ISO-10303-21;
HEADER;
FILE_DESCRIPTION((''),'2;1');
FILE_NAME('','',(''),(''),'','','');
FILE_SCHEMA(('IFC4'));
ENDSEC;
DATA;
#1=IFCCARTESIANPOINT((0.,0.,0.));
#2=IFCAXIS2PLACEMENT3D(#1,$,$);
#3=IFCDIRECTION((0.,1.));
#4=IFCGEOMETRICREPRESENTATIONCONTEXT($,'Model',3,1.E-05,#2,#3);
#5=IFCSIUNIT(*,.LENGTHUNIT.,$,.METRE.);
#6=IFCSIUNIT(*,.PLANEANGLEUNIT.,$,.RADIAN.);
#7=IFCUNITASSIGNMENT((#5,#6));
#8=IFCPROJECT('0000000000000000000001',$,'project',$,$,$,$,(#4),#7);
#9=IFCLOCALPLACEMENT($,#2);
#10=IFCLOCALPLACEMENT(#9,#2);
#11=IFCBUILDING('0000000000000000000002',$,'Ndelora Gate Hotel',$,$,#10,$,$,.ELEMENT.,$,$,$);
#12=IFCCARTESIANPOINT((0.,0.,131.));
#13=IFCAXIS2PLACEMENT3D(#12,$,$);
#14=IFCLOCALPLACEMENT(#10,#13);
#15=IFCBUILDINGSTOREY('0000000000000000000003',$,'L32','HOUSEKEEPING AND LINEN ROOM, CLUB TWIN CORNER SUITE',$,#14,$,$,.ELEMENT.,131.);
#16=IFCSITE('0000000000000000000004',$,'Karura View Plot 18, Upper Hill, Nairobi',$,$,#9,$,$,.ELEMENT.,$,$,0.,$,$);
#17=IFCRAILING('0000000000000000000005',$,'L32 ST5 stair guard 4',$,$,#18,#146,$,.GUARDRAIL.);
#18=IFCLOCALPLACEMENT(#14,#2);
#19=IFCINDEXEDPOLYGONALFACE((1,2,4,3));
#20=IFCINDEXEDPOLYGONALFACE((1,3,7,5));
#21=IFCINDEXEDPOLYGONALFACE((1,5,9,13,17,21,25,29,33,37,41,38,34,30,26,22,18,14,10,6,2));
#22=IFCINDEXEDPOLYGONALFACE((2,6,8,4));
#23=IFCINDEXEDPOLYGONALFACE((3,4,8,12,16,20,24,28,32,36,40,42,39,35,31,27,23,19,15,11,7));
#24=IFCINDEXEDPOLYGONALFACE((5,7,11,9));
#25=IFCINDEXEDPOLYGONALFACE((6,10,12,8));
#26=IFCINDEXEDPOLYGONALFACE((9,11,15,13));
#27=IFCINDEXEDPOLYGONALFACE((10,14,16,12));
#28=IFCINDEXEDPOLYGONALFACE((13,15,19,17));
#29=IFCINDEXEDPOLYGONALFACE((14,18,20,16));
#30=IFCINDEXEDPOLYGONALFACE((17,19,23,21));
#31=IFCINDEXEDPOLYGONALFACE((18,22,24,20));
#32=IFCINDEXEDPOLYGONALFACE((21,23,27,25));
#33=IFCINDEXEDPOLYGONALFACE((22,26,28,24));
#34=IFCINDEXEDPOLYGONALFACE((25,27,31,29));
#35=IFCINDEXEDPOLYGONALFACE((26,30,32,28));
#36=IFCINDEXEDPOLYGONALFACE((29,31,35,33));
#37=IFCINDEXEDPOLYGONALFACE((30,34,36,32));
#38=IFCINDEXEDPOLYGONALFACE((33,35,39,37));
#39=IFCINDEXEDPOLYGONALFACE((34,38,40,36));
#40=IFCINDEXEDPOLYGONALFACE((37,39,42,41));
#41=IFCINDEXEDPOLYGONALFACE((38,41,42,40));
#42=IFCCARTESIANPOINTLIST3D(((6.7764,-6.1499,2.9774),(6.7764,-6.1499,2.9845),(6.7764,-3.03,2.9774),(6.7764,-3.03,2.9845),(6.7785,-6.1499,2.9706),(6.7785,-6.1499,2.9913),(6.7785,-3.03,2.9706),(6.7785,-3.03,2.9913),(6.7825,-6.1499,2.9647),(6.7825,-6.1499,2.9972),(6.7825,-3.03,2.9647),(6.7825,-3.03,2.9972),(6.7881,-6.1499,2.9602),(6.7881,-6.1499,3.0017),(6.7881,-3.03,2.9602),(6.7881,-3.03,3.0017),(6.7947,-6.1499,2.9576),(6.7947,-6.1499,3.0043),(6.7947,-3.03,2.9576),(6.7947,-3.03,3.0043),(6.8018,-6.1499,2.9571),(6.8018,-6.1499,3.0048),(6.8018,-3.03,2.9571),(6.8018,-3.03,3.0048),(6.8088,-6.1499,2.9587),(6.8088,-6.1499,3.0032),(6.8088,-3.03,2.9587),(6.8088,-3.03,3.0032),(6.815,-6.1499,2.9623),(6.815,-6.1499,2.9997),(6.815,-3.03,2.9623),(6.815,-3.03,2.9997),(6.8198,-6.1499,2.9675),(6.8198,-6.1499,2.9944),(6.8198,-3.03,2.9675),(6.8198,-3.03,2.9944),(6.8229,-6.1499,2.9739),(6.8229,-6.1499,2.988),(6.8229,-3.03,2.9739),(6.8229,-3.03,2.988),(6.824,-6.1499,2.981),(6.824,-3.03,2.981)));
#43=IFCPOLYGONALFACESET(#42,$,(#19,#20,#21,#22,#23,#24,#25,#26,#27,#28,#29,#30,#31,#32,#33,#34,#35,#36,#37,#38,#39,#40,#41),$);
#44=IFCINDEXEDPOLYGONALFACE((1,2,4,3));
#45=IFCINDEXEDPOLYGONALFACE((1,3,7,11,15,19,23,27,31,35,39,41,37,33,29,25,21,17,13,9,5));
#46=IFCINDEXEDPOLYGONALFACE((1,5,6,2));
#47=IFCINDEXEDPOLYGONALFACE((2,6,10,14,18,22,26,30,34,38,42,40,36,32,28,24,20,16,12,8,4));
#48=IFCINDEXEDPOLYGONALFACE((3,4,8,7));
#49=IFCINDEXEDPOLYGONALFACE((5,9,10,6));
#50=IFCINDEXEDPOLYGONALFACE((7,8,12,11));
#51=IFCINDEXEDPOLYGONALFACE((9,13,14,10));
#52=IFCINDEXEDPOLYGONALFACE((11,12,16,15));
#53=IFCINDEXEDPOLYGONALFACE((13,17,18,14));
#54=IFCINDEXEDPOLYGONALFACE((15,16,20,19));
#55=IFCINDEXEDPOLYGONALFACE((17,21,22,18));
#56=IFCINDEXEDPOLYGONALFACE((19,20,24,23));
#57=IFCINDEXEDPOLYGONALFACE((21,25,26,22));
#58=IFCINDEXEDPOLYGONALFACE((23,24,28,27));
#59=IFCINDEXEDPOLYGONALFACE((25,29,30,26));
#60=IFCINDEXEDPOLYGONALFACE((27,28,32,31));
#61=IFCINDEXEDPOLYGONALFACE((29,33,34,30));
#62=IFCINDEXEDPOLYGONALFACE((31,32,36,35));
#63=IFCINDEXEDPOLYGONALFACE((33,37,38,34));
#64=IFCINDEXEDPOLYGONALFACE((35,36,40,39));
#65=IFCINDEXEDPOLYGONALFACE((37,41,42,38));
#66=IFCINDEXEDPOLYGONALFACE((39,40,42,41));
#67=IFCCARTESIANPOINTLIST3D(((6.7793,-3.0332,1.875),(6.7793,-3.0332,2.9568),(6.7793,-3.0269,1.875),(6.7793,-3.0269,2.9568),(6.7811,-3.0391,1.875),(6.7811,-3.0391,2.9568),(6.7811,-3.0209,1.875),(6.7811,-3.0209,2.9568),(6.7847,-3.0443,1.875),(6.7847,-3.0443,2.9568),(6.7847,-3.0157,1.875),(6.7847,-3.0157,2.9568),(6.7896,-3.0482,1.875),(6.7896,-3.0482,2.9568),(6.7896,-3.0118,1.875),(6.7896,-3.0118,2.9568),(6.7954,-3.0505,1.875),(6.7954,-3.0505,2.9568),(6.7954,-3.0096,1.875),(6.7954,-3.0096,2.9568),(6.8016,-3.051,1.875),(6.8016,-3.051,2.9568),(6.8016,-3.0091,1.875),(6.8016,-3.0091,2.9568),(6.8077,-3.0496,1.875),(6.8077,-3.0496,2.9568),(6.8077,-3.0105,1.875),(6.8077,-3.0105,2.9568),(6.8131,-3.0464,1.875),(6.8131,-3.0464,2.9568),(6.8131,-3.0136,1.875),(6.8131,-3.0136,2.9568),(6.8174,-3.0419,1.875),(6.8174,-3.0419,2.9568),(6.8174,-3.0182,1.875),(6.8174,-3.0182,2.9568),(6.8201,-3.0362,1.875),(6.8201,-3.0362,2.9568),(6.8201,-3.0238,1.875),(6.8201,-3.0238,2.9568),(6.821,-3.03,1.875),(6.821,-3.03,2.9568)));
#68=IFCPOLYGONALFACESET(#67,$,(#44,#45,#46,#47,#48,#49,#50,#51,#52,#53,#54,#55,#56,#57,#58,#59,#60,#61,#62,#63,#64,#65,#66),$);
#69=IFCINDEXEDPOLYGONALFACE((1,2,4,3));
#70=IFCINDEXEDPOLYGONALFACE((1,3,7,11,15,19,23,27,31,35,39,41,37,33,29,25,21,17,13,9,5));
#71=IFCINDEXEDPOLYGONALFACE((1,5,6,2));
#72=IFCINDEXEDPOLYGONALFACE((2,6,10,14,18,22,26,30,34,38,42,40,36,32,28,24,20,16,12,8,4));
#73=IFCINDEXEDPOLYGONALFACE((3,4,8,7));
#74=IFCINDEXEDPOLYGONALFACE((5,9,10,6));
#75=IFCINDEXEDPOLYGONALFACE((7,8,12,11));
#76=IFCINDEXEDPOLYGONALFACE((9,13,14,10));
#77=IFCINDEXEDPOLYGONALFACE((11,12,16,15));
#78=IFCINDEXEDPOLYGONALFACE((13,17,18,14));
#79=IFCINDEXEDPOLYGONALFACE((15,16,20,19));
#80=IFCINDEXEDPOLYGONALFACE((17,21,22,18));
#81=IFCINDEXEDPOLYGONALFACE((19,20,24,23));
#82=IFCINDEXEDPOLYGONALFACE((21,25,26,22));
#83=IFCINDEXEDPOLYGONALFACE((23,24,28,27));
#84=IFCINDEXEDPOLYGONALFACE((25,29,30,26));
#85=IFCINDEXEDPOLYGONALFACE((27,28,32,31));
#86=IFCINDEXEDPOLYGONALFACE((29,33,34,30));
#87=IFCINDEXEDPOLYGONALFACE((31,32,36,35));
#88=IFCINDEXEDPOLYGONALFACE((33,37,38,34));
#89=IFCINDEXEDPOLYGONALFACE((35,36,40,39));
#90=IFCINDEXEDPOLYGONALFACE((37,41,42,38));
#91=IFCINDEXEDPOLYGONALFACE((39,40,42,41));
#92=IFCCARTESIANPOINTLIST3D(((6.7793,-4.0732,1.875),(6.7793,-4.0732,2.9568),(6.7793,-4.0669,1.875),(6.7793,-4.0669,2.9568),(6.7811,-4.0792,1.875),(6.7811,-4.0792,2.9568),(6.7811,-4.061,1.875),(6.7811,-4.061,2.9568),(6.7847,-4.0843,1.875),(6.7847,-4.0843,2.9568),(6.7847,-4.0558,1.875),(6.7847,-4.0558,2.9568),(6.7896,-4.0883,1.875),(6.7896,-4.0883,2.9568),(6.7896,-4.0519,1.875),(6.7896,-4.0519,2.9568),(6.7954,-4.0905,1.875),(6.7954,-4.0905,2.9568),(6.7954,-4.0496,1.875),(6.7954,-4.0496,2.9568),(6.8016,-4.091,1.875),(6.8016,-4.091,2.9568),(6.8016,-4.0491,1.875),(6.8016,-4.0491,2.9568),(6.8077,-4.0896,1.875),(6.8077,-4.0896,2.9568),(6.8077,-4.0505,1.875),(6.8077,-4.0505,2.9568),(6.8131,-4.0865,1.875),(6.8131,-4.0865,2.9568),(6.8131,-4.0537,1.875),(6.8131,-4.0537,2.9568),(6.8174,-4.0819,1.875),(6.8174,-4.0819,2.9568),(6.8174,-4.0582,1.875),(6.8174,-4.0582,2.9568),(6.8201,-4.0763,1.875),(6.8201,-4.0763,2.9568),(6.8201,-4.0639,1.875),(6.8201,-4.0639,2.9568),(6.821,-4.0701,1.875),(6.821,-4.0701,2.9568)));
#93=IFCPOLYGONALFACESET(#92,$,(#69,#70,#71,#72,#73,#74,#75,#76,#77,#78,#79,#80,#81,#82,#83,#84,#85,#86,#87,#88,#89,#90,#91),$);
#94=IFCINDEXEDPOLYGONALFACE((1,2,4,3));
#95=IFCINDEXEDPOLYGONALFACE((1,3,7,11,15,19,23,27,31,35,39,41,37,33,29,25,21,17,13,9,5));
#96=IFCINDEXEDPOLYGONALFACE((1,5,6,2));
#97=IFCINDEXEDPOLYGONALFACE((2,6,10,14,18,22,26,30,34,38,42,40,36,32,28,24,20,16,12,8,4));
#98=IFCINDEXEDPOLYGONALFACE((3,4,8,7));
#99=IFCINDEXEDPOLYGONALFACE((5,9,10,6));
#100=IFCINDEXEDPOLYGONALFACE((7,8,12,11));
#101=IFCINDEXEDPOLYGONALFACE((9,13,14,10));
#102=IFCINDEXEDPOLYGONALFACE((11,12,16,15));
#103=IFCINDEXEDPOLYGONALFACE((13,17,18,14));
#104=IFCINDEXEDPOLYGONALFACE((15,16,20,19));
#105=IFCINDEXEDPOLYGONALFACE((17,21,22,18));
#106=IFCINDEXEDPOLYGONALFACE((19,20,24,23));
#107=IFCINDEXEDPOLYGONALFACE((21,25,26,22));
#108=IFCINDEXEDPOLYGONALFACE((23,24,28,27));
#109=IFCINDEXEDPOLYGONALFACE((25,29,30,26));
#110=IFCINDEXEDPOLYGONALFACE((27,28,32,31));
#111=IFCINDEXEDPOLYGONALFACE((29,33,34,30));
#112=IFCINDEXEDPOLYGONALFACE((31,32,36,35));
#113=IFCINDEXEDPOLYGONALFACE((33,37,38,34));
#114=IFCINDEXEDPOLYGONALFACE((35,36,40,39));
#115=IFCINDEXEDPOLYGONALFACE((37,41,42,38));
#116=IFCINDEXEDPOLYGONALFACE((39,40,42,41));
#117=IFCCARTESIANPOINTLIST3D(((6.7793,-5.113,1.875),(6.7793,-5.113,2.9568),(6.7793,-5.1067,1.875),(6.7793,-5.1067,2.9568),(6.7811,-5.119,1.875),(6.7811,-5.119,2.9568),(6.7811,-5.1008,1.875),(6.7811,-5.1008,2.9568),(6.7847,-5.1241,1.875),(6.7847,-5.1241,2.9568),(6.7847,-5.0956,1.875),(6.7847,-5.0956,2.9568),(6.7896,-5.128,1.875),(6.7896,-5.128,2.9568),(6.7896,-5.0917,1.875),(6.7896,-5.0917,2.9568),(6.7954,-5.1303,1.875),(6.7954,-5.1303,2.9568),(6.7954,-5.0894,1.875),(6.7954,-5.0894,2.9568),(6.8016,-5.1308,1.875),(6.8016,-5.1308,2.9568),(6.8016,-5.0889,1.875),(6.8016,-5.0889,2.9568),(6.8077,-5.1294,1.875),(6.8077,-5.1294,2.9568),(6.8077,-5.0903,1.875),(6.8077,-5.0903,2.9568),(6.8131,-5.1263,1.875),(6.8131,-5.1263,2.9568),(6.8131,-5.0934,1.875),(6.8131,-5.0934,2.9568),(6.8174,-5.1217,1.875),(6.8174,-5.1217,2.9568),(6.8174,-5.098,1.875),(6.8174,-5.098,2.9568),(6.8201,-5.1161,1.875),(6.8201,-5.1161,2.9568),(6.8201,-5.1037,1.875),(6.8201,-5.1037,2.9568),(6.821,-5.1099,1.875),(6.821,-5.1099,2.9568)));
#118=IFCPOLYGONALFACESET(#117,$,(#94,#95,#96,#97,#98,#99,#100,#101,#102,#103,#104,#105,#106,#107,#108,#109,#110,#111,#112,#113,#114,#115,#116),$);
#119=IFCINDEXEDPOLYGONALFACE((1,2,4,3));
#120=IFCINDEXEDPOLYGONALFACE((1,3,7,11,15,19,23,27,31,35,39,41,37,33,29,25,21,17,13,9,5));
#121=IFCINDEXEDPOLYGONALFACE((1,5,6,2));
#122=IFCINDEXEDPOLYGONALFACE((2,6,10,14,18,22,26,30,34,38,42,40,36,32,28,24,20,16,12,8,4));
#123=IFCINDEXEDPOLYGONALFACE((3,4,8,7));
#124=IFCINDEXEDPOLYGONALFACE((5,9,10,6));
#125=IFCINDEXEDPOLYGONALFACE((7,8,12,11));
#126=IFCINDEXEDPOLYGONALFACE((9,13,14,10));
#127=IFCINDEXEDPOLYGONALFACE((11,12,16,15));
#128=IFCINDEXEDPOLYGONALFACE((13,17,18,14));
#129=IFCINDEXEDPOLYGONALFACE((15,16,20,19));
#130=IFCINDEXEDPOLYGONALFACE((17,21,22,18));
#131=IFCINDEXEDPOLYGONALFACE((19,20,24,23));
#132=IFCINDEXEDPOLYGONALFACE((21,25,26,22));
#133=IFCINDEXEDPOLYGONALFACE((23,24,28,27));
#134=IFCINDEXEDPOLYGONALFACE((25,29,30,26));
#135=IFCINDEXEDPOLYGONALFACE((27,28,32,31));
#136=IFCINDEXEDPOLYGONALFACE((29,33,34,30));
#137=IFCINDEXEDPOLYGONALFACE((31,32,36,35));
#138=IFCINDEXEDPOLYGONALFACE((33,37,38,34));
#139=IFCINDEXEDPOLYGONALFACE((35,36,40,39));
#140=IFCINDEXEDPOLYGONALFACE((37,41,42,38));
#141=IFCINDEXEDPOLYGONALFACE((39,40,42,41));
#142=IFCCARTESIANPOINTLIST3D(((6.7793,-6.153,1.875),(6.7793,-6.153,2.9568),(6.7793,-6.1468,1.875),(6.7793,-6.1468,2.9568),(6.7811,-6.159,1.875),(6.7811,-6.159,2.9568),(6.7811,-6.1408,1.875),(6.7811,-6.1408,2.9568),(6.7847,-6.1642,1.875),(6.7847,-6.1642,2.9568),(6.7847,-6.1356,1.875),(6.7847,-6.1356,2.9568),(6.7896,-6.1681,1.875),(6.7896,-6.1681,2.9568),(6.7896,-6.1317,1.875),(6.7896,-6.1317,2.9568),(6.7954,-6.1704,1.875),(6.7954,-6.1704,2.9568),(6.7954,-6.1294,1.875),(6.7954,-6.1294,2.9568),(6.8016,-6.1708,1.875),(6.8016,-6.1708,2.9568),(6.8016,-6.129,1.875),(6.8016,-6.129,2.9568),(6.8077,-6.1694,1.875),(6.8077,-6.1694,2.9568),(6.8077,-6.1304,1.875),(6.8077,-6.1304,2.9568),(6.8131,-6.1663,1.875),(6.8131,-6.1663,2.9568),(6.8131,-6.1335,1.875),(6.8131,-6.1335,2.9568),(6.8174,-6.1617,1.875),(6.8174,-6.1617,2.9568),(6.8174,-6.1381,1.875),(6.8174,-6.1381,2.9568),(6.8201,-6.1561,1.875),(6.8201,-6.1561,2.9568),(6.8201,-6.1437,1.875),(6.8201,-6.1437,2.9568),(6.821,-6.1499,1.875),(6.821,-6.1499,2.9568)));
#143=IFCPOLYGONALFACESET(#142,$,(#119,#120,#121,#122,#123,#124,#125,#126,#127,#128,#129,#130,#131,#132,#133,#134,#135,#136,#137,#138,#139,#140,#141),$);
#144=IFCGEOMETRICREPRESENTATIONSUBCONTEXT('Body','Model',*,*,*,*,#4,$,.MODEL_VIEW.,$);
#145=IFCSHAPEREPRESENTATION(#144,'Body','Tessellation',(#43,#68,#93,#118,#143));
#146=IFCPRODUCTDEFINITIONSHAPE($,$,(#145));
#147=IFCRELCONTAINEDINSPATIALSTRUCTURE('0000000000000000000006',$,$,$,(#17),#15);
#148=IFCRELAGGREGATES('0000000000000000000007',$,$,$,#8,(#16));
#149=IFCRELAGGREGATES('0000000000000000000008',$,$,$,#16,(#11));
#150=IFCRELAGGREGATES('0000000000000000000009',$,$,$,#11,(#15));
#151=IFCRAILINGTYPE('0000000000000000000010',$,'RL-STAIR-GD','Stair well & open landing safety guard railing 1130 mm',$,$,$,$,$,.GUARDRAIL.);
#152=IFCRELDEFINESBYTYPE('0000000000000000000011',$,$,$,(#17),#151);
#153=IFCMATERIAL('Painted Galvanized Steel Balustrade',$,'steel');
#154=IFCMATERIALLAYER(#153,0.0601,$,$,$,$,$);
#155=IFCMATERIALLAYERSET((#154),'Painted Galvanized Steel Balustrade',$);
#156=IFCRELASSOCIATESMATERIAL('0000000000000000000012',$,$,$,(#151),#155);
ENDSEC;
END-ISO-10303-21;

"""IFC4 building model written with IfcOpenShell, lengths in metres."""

from ifc_helpers import new_model, si_unit, direction, frame, origin, origin_2d, place, context, subcontext, project, spatial, circle, extrude, material, layer, layer_set, type_object, element, save


model = new_model("IFC4")

# Units and contexts
model_context = context("Model", 3, precision=1e-05, world=origin(), true_north=direction((0.0, 1.0)))
body_context = subcontext(model_context, "Body", "Model", "MODEL_VIEW")
ifc_project = project(units=[si_unit("LENGTHUNIT", "METRE"), si_unit("PLANEANGLEUNIT", "RADIAN")], contexts=[model_context])

# Site, building, storey
site_placement = place(None, origin())
site = spatial("IfcSite", under=ifc_project, at=site_placement, Name="Karura View Plot 18, Upper Hill, Nairobi", CompositionType="ELEMENT", RefElevation=0.0)
building_placement = place(site_placement, origin())
building = spatial("IfcBuilding", under=site, at=building_placement, Name="Ndelora Gate Hotel", CompositionType="ELEMENT")
storey_placement = place(building_placement, frame((0.0, 0.0, 131.0)))
storey = spatial("IfcBuildingStorey", under=building, at=storey_placement, Name="L32", Description="HOUSEKEEPING AND LINEN ROOM, CLUB TWIN CORNER SUITE", CompositionType="ELEMENT", Elevation=131.0)

# Railing
ifc_material_1 = material(Name="Painted Galvanized Steel Balustrade", Category="steel")
ifc_layer_1 = layer(ifc_material_1, 0.0601)
ifc_layer_set_1 = layer_set([ifc_layer_1], Name="Painted Galvanized Steel Balustrade")
railing_type_1 = type_object("IfcRailingType", Name="RL-STAIR-GD", Description="Stair well & open landing safety guard railing 1130 mm", PredefinedType="GUARDRAIL", material=ifc_layer_set_1)
railing_1_placement = place(storey_placement, frame((6.8, -3.03, 1.875)))
element("IfcRailing", 1, at=railing_1_placement, inside=storey, type_object=railing_type_1, Name="L32 ST5 stair guard 4", PredefinedType="GUARDRAIL", context=body_context, shape_type="SweptSolid", body=[
    extrude(circle(Radius=0.0239, at=origin_2d()), frame((0.0, 0.0, 1.106), z_axis=(0.0, -1.0, 0.0), x_axis=(1.0, 0.0, 0.0)), (0.0, 0.0, 1.0), 3.1199),
    extrude(circle(Radius=0.021, at=origin_2d()), origin(), (0.0, 0.0, 1.0), 1.0818),
    extrude(circle(Radius=0.021, at=origin_2d()), frame((0.0, -1.04, 0.0)), (0.0, 0.0, 1.0), 1.0818),
    extrude(circle(Radius=0.021, at=origin_2d()), frame((0.0, -2.0798, 0.0)), (0.0, 0.0, 1.0), 1.0818),
    extrude(circle(Radius=0.021, at=origin_2d()), frame((0.0, -3.1199, 0.0)), (0.0, 0.0, 1.0), 1.0818),
])

save(model, "model.ifc")
